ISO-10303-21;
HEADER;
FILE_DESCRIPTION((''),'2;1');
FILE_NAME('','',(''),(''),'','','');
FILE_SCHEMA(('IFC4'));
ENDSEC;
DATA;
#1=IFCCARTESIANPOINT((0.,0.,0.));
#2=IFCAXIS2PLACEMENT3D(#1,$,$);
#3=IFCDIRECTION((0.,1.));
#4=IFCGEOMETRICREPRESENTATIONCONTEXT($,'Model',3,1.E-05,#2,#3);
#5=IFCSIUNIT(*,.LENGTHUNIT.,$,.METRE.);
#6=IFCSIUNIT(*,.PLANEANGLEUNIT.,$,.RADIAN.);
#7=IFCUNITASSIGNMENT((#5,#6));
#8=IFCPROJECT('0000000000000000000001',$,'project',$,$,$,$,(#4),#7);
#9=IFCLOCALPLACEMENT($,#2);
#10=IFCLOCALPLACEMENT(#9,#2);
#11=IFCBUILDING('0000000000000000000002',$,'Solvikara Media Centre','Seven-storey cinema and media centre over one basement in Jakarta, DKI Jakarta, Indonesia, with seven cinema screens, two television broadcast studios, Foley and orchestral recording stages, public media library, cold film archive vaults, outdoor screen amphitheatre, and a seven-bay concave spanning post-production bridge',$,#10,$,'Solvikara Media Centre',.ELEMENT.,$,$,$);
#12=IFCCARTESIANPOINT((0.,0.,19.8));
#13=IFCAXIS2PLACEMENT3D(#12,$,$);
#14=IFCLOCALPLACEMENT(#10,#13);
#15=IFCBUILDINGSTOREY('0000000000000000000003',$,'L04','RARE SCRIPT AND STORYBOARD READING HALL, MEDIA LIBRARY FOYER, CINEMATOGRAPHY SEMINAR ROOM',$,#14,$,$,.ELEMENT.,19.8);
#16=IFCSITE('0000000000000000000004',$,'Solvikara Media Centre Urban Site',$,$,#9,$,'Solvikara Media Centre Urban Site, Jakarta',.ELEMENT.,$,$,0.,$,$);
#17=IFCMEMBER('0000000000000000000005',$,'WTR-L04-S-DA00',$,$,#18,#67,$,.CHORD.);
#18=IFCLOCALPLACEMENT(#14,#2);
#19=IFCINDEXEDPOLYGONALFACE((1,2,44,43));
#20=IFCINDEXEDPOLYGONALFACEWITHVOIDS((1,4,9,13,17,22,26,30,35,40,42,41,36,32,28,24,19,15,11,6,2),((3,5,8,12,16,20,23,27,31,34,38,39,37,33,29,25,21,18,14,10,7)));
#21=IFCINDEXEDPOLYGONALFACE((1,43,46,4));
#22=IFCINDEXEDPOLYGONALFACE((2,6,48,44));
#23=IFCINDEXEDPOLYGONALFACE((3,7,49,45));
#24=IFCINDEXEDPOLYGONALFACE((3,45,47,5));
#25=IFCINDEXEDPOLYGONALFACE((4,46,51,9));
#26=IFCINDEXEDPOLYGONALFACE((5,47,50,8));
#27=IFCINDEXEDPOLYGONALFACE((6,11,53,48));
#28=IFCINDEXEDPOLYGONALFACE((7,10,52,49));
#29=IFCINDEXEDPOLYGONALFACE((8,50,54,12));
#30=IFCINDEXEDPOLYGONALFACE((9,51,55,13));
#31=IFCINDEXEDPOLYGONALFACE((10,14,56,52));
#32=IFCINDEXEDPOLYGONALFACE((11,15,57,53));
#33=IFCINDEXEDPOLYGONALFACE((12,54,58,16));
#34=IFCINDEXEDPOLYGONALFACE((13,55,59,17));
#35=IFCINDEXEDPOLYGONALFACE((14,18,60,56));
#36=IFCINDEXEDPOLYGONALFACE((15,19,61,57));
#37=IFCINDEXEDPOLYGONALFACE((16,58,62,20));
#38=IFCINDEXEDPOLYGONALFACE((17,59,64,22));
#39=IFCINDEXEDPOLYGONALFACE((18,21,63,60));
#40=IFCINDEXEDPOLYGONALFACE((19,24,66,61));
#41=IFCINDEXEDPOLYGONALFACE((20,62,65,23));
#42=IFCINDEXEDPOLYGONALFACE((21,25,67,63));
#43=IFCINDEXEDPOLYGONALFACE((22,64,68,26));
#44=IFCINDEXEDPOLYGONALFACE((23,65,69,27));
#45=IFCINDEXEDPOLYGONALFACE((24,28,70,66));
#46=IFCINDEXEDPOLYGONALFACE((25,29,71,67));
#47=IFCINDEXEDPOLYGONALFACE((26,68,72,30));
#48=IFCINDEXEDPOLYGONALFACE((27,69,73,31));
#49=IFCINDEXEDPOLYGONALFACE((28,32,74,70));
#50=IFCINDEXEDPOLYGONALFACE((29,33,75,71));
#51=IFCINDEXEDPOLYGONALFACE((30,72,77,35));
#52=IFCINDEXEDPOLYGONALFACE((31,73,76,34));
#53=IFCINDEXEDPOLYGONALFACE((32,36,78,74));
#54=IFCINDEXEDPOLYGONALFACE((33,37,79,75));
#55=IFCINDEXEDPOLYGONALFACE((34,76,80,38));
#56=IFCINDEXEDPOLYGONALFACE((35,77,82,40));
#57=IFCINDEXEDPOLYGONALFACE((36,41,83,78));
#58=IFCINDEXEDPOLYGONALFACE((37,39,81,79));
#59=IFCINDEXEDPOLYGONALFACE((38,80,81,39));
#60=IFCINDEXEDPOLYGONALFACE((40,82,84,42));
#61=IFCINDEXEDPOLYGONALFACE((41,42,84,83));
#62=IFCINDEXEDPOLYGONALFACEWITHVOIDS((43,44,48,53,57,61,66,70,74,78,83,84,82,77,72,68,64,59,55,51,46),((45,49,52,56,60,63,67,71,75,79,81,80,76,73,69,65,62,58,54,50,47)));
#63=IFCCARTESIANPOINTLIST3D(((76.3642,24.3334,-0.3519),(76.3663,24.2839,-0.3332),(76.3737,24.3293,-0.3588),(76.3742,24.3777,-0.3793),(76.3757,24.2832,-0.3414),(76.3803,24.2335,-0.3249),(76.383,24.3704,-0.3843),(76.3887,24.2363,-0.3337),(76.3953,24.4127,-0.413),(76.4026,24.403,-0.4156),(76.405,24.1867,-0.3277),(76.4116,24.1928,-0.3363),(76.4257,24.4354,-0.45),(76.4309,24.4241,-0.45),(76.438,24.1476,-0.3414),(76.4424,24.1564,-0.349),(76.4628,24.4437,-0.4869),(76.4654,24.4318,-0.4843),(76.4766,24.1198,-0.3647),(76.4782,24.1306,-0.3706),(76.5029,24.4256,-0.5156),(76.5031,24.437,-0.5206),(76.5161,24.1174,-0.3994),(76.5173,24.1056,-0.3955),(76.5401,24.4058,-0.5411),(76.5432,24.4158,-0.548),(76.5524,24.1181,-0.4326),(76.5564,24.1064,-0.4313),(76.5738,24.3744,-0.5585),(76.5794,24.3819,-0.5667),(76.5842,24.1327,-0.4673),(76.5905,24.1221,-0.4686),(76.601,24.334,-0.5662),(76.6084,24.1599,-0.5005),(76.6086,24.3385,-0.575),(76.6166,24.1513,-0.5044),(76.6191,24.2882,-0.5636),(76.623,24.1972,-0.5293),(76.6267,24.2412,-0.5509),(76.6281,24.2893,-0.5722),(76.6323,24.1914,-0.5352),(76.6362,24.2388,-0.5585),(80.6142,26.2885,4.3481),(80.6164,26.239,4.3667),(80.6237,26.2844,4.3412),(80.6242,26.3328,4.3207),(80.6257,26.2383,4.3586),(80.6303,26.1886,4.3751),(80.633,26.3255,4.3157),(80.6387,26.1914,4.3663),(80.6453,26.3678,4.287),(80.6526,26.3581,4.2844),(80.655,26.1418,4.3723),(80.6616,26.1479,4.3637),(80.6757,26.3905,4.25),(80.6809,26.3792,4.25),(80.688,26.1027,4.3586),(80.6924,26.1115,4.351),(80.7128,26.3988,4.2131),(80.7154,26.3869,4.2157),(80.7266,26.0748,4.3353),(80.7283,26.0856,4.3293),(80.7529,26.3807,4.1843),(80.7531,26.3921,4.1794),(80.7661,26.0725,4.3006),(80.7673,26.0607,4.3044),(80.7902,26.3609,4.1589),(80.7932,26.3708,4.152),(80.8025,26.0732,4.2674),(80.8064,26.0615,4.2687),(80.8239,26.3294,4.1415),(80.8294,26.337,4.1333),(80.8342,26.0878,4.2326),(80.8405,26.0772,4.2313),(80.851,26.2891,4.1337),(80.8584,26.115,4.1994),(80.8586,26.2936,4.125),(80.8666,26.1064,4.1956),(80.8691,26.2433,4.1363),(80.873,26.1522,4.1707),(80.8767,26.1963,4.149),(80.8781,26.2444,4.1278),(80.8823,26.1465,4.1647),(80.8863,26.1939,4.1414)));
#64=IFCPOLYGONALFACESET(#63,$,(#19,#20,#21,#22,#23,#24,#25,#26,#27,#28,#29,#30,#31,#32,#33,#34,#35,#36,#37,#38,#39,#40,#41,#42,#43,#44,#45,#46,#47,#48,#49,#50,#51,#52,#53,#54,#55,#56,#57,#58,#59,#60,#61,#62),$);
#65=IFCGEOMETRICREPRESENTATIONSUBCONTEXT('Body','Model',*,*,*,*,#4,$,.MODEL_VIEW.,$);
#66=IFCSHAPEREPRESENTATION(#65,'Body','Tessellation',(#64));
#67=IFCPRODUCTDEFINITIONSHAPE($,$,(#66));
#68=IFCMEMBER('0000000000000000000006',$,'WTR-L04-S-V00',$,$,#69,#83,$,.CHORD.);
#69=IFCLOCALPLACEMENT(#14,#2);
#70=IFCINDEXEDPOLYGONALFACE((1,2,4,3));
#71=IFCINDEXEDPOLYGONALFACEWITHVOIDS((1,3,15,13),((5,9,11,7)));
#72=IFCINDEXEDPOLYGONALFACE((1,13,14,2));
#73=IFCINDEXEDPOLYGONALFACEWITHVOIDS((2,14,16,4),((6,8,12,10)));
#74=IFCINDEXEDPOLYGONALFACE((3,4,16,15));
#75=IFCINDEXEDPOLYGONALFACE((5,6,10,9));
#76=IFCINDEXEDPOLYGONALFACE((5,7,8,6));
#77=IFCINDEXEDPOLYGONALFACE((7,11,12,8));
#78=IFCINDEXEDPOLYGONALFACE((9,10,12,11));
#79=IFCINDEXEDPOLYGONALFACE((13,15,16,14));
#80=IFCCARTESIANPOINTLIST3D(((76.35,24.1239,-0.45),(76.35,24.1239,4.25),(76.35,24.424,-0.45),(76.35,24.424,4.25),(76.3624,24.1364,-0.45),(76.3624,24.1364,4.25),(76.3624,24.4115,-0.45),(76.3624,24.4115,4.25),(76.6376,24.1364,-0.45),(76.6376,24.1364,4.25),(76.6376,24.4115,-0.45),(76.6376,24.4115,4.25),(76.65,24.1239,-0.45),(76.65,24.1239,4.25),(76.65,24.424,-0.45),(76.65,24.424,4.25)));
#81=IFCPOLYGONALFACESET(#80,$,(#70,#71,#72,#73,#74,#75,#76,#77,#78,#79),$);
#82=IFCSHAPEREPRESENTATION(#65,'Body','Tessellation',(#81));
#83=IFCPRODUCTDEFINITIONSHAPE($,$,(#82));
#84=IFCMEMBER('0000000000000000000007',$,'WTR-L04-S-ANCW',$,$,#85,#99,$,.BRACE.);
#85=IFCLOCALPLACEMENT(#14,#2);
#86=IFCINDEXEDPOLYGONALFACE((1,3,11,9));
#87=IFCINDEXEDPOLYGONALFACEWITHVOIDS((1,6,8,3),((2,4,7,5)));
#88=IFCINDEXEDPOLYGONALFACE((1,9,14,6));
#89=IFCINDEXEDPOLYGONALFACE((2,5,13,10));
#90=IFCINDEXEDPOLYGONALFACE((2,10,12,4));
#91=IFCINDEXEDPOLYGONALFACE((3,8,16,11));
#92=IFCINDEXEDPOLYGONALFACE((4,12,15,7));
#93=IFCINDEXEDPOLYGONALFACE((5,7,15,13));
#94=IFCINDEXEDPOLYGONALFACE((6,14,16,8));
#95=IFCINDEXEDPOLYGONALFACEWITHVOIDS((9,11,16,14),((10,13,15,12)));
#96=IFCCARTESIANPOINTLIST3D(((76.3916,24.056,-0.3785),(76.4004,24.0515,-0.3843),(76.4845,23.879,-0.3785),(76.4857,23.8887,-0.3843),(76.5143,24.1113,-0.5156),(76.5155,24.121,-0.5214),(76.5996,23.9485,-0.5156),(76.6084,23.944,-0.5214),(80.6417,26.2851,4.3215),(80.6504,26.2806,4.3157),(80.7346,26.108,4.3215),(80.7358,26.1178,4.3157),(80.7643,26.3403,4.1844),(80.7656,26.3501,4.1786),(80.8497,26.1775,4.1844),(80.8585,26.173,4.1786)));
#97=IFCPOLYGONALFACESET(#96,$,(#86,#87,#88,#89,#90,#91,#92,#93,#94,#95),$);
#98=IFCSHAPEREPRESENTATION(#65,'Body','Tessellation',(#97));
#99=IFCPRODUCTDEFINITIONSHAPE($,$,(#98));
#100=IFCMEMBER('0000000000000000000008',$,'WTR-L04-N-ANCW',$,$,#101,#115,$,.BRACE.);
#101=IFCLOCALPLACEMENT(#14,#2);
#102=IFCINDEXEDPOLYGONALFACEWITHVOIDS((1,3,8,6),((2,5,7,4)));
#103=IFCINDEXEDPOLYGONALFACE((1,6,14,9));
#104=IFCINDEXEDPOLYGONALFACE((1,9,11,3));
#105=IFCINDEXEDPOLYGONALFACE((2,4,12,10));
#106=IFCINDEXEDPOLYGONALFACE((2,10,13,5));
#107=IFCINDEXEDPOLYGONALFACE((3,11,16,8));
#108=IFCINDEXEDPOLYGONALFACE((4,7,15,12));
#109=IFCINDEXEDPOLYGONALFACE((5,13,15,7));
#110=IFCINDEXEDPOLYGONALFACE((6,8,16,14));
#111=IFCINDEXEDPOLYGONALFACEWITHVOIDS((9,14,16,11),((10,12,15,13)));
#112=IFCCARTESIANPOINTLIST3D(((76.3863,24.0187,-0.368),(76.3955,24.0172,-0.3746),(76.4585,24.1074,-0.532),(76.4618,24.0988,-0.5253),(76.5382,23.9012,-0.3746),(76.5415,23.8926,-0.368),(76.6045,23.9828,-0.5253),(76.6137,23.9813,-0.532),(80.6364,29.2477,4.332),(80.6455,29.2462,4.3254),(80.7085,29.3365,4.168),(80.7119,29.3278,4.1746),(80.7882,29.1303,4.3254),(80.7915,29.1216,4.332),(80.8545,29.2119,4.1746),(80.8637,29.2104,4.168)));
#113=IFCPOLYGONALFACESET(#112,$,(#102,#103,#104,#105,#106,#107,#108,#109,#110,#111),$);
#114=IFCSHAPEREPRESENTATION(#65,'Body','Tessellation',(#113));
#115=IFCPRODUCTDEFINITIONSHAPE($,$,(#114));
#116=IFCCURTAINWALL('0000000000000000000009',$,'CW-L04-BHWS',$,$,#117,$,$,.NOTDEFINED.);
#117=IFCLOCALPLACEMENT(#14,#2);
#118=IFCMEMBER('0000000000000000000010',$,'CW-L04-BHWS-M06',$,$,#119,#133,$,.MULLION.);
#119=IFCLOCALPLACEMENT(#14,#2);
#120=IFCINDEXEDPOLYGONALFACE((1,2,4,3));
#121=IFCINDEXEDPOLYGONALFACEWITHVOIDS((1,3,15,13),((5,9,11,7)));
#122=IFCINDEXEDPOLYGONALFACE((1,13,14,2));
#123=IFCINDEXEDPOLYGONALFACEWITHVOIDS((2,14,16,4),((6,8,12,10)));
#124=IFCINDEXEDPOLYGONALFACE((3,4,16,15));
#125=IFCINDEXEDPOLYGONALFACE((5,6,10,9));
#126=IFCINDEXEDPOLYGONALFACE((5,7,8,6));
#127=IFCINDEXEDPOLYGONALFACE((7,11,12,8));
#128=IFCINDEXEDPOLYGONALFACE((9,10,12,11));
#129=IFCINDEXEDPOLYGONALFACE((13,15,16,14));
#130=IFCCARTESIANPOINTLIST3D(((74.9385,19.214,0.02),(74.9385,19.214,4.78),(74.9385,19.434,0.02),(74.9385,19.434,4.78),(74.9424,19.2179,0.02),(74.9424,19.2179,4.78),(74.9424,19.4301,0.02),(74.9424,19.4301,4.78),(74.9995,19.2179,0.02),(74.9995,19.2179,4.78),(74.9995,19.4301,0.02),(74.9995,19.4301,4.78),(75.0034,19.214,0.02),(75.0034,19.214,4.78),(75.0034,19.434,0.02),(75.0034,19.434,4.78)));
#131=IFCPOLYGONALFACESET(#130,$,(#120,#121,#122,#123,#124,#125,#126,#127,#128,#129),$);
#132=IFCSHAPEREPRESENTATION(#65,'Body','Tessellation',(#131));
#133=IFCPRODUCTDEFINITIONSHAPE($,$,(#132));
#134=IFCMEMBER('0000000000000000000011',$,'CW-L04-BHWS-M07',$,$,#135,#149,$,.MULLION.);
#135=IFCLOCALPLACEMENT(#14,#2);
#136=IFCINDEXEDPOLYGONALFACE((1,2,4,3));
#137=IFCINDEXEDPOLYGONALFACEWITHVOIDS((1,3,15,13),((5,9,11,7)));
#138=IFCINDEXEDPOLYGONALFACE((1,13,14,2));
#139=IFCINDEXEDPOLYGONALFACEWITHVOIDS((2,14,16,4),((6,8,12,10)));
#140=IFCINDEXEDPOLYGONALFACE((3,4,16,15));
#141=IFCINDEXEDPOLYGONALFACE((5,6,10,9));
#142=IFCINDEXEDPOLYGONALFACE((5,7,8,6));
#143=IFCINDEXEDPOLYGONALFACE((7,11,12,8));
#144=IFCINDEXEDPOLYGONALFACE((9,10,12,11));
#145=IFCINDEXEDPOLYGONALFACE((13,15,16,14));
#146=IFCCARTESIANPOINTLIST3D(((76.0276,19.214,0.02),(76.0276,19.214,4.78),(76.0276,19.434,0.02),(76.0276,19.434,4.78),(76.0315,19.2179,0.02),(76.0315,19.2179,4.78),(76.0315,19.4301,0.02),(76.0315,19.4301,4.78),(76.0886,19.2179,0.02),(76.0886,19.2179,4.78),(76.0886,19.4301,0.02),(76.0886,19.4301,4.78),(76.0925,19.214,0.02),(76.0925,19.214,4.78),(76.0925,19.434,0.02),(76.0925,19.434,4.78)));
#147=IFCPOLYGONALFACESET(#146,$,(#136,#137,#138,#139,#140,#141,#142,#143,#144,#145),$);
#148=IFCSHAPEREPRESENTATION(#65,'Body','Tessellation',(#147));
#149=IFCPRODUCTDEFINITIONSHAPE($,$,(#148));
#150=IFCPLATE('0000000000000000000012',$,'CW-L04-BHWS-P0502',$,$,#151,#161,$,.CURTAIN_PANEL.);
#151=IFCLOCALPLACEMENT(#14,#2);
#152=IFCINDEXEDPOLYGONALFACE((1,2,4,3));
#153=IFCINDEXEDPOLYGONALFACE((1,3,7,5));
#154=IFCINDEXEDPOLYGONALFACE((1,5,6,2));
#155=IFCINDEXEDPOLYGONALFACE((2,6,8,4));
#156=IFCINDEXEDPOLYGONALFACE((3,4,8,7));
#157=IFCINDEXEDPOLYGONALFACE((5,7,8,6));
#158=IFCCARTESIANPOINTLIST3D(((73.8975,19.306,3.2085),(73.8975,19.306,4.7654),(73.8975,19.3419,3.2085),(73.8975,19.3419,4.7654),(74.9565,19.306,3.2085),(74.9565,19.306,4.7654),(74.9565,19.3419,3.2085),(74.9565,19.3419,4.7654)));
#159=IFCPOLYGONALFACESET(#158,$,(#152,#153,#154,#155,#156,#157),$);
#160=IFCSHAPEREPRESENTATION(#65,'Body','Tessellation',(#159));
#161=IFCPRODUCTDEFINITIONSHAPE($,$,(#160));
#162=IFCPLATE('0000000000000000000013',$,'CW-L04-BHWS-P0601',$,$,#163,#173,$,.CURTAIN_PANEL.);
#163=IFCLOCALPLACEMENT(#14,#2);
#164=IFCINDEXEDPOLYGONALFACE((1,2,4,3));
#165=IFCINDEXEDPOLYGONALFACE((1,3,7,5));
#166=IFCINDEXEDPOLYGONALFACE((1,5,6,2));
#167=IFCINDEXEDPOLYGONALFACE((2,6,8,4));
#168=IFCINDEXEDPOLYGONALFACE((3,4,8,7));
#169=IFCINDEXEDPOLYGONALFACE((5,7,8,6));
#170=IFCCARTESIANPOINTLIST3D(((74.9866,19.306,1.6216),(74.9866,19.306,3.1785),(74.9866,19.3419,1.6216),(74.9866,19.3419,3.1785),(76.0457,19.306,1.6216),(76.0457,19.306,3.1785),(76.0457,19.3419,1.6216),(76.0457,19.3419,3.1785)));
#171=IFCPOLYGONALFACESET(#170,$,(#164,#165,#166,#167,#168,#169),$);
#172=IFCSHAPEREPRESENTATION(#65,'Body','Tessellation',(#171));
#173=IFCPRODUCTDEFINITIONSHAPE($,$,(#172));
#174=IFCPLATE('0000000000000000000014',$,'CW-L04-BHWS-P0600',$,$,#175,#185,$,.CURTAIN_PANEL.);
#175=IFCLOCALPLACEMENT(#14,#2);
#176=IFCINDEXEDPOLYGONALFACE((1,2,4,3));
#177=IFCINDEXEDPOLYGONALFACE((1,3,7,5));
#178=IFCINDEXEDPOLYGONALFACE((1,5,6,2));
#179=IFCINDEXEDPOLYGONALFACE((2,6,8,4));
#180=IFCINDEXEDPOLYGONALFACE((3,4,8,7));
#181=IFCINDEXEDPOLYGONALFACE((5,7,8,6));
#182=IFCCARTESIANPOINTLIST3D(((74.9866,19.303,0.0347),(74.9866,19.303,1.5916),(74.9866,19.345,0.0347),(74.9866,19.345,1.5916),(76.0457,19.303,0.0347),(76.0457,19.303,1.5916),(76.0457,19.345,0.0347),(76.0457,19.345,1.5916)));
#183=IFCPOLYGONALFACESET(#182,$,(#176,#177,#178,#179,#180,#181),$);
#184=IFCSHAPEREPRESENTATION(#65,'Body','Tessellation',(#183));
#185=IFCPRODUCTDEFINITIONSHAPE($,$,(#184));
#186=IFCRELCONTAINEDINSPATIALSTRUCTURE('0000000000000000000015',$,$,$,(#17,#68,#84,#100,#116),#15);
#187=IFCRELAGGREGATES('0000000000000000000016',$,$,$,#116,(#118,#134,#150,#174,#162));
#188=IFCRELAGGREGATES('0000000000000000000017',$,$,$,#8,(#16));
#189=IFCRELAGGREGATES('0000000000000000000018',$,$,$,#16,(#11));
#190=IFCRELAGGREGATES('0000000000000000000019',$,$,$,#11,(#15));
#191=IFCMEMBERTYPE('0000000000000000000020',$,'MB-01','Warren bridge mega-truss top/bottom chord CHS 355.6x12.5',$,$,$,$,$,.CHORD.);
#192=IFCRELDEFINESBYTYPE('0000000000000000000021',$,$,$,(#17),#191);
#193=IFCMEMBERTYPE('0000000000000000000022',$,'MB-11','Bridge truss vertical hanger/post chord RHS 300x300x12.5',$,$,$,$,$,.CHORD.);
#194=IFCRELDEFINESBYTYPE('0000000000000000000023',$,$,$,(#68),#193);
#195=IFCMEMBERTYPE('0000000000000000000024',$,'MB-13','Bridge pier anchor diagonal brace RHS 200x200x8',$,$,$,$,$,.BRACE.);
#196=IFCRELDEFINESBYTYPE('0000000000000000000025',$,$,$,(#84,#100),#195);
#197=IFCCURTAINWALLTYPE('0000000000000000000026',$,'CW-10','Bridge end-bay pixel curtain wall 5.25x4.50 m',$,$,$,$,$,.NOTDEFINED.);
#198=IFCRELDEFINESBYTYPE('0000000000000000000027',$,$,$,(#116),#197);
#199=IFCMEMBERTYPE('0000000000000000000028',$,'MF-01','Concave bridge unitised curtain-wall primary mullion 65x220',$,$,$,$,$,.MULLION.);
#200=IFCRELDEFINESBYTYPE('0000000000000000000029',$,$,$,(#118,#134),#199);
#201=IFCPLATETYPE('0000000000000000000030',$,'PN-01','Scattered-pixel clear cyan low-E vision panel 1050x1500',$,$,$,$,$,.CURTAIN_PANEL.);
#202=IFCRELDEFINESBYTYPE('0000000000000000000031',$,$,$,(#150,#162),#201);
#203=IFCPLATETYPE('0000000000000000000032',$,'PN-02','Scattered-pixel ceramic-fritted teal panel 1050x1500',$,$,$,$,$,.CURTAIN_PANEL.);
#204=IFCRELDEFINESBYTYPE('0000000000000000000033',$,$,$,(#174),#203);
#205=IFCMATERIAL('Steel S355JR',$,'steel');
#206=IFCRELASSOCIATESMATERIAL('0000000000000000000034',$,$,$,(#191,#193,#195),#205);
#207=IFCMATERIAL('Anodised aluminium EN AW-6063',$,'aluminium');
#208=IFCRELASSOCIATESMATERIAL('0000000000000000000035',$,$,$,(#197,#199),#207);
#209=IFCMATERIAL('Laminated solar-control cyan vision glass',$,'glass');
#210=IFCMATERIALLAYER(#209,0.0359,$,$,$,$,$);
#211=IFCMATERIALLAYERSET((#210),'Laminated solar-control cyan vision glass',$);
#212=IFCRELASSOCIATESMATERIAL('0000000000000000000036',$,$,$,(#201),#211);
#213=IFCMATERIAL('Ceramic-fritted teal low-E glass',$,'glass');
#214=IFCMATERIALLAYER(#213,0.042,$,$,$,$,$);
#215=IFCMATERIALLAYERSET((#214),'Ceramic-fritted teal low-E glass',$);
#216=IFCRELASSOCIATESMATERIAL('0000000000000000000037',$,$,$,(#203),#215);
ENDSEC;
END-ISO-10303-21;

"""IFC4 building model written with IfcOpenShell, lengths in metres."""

from ifc_helpers import new_model, si_unit, direction, frame, origin, origin_2d, place, context, subcontext, project, spatial, rectangle, hollow_rectangle, hollow_circle, extrude, material, layer, layer_set, material_profile, profile_set, type_object, element, aggregate, save


model = new_model("IFC4")

# Units and contexts
model_context = context("Model", 3, precision=1e-05, world=origin(), true_north=direction((0.0, 1.0)))
body_context = subcontext(model_context, "Body", "Model", "MODEL_VIEW")
ifc_project = project(units=[si_unit("LENGTHUNIT", "METRE"), si_unit("PLANEANGLEUNIT", "RADIAN")], contexts=[model_context])

# Site, building, storey
site_placement = place(None, origin())
site = spatial("IfcSite", under=ifc_project, at=site_placement, Name="Solvikara Media Centre Urban Site", LongName="Solvikara Media Centre Urban Site, Jakarta", CompositionType="ELEMENT", RefElevation=0.0)
building_placement = place(site_placement, origin())
building = spatial("IfcBuilding", under=site, at=building_placement, Name="Solvikara Media Centre", Description="Seven-storey cinema and media centre over one basement in Jakarta, DKI Jakarta, Indonesia, with seven cinema screens, two television broadcast studios, Foley and orchestral recording stages, public media library, cold film archive vaults, outdoor screen amphitheatre, and a seven-bay concave spanning post-production bridge", LongName="Solvikara Media Centre", CompositionType="ELEMENT")
storey_placement = place(building_placement, frame((0.0, 0.0, 19.8)))
storey = spatial("IfcBuildingStorey", under=building, at=storey_placement, Name="L04", Description="RARE SCRIPT AND STORYBOARD READING HALL, MEDIA LIBRARY FOYER, CINEMATOGRAPHY SEMINAR ROOM", CompositionType="ELEMENT", Elevation=19.8)

# Shared definitions
ifc_material_1 = material(Name="Steel S355JR", Category="steel")

# Members
ifc_material_profile_1 = material_profile(ifc_material_1, hollow_circle(Radius=0.1777, WallThickness=0.0125, at=origin_2d()), Name="CHS 355.6x12.5")
ifc_profile_set_1 = profile_set([ifc_material_profile_1], Name="Steel S355JR")
member_type_1 = type_object("IfcMemberType", Name="MB-01", Description="Warren bridge mega-truss top/bottom chord CHS 355.6x12.5", PredefinedType="CHORD", material=ifc_profile_set_1)
member_1_placement = place(storey_placement, frame((76.5, 24.2739, -0.45), z_axis=(0.640898, 0.294825, 0.708751), x_axis=(-0.417919, 0.908484, 0.0)))
element("IfcMember", 1, at=member_1_placement, inside=storey, type_object=member_type_1, Name="WTR-L04-S-DA00", PredefinedType="CHORD", context=body_context, shape_type="SweptSolid", body=[
    extrude(hollow_circle(Radius=0.1777, WallThickness=0.0125, at=origin_2d()), origin(), (0.0, 0.0, 1.0), 6.6313),
])
ifc_material_profile_2 = material_profile(ifc_material_1, hollow_rectangle(XDim=0.3, YDim=0.3, WallThickness=0.0125, at=origin_2d()), Name="RHS 300x300x12.5")
ifc_profile_set_2 = profile_set([ifc_material_profile_2], Name="Steel S355JR")
member_type_2 = type_object("IfcMemberType", Name="MB-11", Description="Bridge truss vertical hanger/post chord RHS 300x300x12.5", PredefinedType="CHORD", material=ifc_profile_set_2)
member_2_placement = place(storey_placement, frame((76.5, 24.2739, -0.45), z_axis=(0.0, 0.0, 1.0), x_axis=(1.0, 0.0, 0.0)))
element("IfcMember", 2, at=member_2_placement, inside=storey, type_object=member_type_2, Name="WTR-L04-S-V00", PredefinedType="CHORD", context=body_context, shape_type="SweptSolid", body=[
    extrude(hollow_rectangle(XDim=0.3, YDim=0.3, WallThickness=0.0125, at=origin_2d()), origin(), (0.0, 0.0, 1.0), 4.7),
])
ifc_material_profile_3 = material_profile(ifc_material_1, hollow_rectangle(XDim=0.2, YDim=0.2, WallThickness=0.0081, at=origin_2d()), Name="RHS 200x200x8")
ifc_profile_set_3 = profile_set([ifc_material_profile_3], Name="Steel S355JR")
member_type_3 = type_object("IfcMemberType", Name="MB-13", Description="Bridge pier anchor diagonal brace RHS 200x200x8", PredefinedType="BRACE", material=ifc_profile_set_3)
member_3_placement = place(storey_placement, frame((76.5, 24.0, -0.45), z_axis=(0.632706, 0.331836, 0.699691), x_axis=(-0.464467, 0.88559, 0.0)))
element("IfcMember", 3, at=member_3_placement, inside=storey, type_object=member_type_3, Name="WTR-L04-S-ANCW", PredefinedType="BRACE", context=body_context, shape_type="SweptSolid", body=[
    extrude(hollow_rectangle(XDim=0.2, YDim=0.2, WallThickness=0.0081, at=origin_2d()), origin(), (0.0, 0.0, 1.0), 6.7173),
])
member_4_placement = place(storey_placement, frame((76.5, 24.0, -0.45), z_axis=(0.517315, 0.63648, 0.572083), x_axis=(-0.77601, 0.630721, 0.0)))
element("IfcMember", 4, at=member_4_placement, inside=storey, type_object=member_type_3, Name="WTR-L04-N-ANCW", PredefinedType="BRACE", context=body_context, shape_type="SweptSolid", body=[
    extrude(hollow_rectangle(XDim=0.2, YDim=0.2, WallThickness=0.0081, at=origin_2d()), origin(), (0.0, 0.0, 1.0), 8.2156),
])

# Curtain wall, members, plates
ifc_material_2 = material(Name="Anodised aluminium EN AW-6063", Category="aluminium")
curtain_wall_type = type_object("IfcCurtainWallType", Name="CW-10", Description="Bridge end-bay pixel curtain wall 5.25x4.50 m", PredefinedType="NOTDEFINED", material=ifc_material_2)
curtain_wall_placement = place(storey_placement, origin())
curtain_wall = element("IfcCurtainWall", 5, at=curtain_wall_placement, inside=storey, type_object=curtain_wall_type, Name="CW-L04-BHWS", PredefinedType="NOTDEFINED")
ifc_material_profile_4 = material_profile(ifc_material_2, hollow_rectangle(XDim=0.0649, YDim=0.22, WallThickness=0.0039, at=origin_2d()), Name="ALU-M 65x220x4")
ifc_profile_set_4 = profile_set([ifc_material_profile_4], Name="Anodised aluminium EN AW-6063")
member_type_4 = type_object("IfcMemberType", Name="MF-01", Description="Concave bridge unitised curtain-wall primary mullion 65x220", PredefinedType="MULLION", material=ifc_profile_set_4)
member_5_placement = place(storey_placement, frame((74.9709, 19.324, 0.02), z_axis=(0.0, 0.0, 1.0), x_axis=(1.0, 0.0, 0.0)))
member_5 = element("IfcMember", 6, at=member_5_placement, type_object=member_type_4, Name="CW-L04-BHWS-M06", PredefinedType="MULLION", context=body_context, shape_type="SweptSolid", body=[
    extrude(hollow_rectangle(XDim=0.0649, YDim=0.22, WallThickness=0.0039, at=origin_2d()), origin(), (0.0, 0.0, 1.0), 4.76),
])
member_6_placement = place(storey_placement, frame((76.0601, 19.324, 0.02), z_axis=(0.0, 0.0, 1.0), x_axis=(1.0, 0.0, 0.0)))
member_6 = element("IfcMember", 7, at=member_6_placement, type_object=member_type_4, Name="CW-L04-BHWS-M07", PredefinedType="MULLION", context=body_context, shape_type="SweptSolid", body=[
    extrude(hollow_rectangle(XDim=0.0649, YDim=0.22, WallThickness=0.0039, at=origin_2d()), origin(), (0.0, 0.0, 1.0), 4.76),
])
ifc_material_3 = material(Name="Laminated solar-control cyan vision glass", Category="glass")
ifc_layer_1 = layer(ifc_material_3, 0.0359)
ifc_layer_set_1 = layer_set([ifc_layer_1], Name="Laminated solar-control cyan vision glass")
plate_type_1 = type_object("IfcPlateType", Name="PN-01", Description="Scattered-pixel clear cyan low-E vision panel 1050x1500", PredefinedType="CURTAIN_PANEL", material=ifc_layer_set_1)
plate_1_placement = place(storey_placement, frame((74.427, 19.324, 3.2085), z_axis=(0.0, 0.0, 1.0), x_axis=(1.0, 0.0, 0.0)))
plate_1 = element("IfcPlate", 8, at=plate_1_placement, type_object=plate_type_1, Name="CW-L04-BHWS-P0502", PredefinedType="CURTAIN_PANEL", context=body_context, shape_type="SweptSolid", body=[
    extrude(rectangle(XDim=1.0591, YDim=0.0359, at=origin_2d()), origin(), (0.0, 0.0, 1.0), 1.5569),
])
plate_2_placement = place(storey_placement, frame((75.5161, 19.324, 1.6216), z_axis=(0.0, 0.0, 1.0), x_axis=(1.0, 0.0, 0.0)))
plate_2 = element("IfcPlate", 9, at=plate_2_placement, type_object=plate_type_1, Name="CW-L04-BHWS-P0601", PredefinedType="CURTAIN_PANEL", context=body_context, shape_type="SweptSolid", body=[
    extrude(rectangle(XDim=1.0591, YDim=0.0359, at=origin_2d()), origin(), (0.0, 0.0, 1.0), 1.5569),
])
ifc_material_4 = material(Name="Ceramic-fritted teal low-E glass", Category="glass")
ifc_layer_2 = layer(ifc_material_4, 0.042)
ifc_layer_set_2 = layer_set([ifc_layer_2], Name="Ceramic-fritted teal low-E glass")
plate_type_2 = type_object("IfcPlateType", Name="PN-02", Description="Scattered-pixel ceramic-fritted teal panel 1050x1500", PredefinedType="CURTAIN_PANEL", material=ifc_layer_set_2)
plate_3_placement = place(storey_placement, frame((75.5161, 19.324, 0.0347), z_axis=(0.0, 0.0, 1.0), x_axis=(1.0, 0.0, 0.0)))
plate_3 = element("IfcPlate", 10, at=plate_3_placement, type_object=plate_type_2, Name="CW-L04-BHWS-P0600", PredefinedType="CURTAIN_PANEL", context=body_context, shape_type="SweptSolid", body=[
    extrude(rectangle(XDim=1.0591, YDim=0.042, at=origin_2d()), origin(), (0.0, 0.0, 1.0), 1.5569),
])
aggregate(curtain_wall, [member_5, member_6, plate_1, plate_3, plate_2])

save(model, "model.ifc")
